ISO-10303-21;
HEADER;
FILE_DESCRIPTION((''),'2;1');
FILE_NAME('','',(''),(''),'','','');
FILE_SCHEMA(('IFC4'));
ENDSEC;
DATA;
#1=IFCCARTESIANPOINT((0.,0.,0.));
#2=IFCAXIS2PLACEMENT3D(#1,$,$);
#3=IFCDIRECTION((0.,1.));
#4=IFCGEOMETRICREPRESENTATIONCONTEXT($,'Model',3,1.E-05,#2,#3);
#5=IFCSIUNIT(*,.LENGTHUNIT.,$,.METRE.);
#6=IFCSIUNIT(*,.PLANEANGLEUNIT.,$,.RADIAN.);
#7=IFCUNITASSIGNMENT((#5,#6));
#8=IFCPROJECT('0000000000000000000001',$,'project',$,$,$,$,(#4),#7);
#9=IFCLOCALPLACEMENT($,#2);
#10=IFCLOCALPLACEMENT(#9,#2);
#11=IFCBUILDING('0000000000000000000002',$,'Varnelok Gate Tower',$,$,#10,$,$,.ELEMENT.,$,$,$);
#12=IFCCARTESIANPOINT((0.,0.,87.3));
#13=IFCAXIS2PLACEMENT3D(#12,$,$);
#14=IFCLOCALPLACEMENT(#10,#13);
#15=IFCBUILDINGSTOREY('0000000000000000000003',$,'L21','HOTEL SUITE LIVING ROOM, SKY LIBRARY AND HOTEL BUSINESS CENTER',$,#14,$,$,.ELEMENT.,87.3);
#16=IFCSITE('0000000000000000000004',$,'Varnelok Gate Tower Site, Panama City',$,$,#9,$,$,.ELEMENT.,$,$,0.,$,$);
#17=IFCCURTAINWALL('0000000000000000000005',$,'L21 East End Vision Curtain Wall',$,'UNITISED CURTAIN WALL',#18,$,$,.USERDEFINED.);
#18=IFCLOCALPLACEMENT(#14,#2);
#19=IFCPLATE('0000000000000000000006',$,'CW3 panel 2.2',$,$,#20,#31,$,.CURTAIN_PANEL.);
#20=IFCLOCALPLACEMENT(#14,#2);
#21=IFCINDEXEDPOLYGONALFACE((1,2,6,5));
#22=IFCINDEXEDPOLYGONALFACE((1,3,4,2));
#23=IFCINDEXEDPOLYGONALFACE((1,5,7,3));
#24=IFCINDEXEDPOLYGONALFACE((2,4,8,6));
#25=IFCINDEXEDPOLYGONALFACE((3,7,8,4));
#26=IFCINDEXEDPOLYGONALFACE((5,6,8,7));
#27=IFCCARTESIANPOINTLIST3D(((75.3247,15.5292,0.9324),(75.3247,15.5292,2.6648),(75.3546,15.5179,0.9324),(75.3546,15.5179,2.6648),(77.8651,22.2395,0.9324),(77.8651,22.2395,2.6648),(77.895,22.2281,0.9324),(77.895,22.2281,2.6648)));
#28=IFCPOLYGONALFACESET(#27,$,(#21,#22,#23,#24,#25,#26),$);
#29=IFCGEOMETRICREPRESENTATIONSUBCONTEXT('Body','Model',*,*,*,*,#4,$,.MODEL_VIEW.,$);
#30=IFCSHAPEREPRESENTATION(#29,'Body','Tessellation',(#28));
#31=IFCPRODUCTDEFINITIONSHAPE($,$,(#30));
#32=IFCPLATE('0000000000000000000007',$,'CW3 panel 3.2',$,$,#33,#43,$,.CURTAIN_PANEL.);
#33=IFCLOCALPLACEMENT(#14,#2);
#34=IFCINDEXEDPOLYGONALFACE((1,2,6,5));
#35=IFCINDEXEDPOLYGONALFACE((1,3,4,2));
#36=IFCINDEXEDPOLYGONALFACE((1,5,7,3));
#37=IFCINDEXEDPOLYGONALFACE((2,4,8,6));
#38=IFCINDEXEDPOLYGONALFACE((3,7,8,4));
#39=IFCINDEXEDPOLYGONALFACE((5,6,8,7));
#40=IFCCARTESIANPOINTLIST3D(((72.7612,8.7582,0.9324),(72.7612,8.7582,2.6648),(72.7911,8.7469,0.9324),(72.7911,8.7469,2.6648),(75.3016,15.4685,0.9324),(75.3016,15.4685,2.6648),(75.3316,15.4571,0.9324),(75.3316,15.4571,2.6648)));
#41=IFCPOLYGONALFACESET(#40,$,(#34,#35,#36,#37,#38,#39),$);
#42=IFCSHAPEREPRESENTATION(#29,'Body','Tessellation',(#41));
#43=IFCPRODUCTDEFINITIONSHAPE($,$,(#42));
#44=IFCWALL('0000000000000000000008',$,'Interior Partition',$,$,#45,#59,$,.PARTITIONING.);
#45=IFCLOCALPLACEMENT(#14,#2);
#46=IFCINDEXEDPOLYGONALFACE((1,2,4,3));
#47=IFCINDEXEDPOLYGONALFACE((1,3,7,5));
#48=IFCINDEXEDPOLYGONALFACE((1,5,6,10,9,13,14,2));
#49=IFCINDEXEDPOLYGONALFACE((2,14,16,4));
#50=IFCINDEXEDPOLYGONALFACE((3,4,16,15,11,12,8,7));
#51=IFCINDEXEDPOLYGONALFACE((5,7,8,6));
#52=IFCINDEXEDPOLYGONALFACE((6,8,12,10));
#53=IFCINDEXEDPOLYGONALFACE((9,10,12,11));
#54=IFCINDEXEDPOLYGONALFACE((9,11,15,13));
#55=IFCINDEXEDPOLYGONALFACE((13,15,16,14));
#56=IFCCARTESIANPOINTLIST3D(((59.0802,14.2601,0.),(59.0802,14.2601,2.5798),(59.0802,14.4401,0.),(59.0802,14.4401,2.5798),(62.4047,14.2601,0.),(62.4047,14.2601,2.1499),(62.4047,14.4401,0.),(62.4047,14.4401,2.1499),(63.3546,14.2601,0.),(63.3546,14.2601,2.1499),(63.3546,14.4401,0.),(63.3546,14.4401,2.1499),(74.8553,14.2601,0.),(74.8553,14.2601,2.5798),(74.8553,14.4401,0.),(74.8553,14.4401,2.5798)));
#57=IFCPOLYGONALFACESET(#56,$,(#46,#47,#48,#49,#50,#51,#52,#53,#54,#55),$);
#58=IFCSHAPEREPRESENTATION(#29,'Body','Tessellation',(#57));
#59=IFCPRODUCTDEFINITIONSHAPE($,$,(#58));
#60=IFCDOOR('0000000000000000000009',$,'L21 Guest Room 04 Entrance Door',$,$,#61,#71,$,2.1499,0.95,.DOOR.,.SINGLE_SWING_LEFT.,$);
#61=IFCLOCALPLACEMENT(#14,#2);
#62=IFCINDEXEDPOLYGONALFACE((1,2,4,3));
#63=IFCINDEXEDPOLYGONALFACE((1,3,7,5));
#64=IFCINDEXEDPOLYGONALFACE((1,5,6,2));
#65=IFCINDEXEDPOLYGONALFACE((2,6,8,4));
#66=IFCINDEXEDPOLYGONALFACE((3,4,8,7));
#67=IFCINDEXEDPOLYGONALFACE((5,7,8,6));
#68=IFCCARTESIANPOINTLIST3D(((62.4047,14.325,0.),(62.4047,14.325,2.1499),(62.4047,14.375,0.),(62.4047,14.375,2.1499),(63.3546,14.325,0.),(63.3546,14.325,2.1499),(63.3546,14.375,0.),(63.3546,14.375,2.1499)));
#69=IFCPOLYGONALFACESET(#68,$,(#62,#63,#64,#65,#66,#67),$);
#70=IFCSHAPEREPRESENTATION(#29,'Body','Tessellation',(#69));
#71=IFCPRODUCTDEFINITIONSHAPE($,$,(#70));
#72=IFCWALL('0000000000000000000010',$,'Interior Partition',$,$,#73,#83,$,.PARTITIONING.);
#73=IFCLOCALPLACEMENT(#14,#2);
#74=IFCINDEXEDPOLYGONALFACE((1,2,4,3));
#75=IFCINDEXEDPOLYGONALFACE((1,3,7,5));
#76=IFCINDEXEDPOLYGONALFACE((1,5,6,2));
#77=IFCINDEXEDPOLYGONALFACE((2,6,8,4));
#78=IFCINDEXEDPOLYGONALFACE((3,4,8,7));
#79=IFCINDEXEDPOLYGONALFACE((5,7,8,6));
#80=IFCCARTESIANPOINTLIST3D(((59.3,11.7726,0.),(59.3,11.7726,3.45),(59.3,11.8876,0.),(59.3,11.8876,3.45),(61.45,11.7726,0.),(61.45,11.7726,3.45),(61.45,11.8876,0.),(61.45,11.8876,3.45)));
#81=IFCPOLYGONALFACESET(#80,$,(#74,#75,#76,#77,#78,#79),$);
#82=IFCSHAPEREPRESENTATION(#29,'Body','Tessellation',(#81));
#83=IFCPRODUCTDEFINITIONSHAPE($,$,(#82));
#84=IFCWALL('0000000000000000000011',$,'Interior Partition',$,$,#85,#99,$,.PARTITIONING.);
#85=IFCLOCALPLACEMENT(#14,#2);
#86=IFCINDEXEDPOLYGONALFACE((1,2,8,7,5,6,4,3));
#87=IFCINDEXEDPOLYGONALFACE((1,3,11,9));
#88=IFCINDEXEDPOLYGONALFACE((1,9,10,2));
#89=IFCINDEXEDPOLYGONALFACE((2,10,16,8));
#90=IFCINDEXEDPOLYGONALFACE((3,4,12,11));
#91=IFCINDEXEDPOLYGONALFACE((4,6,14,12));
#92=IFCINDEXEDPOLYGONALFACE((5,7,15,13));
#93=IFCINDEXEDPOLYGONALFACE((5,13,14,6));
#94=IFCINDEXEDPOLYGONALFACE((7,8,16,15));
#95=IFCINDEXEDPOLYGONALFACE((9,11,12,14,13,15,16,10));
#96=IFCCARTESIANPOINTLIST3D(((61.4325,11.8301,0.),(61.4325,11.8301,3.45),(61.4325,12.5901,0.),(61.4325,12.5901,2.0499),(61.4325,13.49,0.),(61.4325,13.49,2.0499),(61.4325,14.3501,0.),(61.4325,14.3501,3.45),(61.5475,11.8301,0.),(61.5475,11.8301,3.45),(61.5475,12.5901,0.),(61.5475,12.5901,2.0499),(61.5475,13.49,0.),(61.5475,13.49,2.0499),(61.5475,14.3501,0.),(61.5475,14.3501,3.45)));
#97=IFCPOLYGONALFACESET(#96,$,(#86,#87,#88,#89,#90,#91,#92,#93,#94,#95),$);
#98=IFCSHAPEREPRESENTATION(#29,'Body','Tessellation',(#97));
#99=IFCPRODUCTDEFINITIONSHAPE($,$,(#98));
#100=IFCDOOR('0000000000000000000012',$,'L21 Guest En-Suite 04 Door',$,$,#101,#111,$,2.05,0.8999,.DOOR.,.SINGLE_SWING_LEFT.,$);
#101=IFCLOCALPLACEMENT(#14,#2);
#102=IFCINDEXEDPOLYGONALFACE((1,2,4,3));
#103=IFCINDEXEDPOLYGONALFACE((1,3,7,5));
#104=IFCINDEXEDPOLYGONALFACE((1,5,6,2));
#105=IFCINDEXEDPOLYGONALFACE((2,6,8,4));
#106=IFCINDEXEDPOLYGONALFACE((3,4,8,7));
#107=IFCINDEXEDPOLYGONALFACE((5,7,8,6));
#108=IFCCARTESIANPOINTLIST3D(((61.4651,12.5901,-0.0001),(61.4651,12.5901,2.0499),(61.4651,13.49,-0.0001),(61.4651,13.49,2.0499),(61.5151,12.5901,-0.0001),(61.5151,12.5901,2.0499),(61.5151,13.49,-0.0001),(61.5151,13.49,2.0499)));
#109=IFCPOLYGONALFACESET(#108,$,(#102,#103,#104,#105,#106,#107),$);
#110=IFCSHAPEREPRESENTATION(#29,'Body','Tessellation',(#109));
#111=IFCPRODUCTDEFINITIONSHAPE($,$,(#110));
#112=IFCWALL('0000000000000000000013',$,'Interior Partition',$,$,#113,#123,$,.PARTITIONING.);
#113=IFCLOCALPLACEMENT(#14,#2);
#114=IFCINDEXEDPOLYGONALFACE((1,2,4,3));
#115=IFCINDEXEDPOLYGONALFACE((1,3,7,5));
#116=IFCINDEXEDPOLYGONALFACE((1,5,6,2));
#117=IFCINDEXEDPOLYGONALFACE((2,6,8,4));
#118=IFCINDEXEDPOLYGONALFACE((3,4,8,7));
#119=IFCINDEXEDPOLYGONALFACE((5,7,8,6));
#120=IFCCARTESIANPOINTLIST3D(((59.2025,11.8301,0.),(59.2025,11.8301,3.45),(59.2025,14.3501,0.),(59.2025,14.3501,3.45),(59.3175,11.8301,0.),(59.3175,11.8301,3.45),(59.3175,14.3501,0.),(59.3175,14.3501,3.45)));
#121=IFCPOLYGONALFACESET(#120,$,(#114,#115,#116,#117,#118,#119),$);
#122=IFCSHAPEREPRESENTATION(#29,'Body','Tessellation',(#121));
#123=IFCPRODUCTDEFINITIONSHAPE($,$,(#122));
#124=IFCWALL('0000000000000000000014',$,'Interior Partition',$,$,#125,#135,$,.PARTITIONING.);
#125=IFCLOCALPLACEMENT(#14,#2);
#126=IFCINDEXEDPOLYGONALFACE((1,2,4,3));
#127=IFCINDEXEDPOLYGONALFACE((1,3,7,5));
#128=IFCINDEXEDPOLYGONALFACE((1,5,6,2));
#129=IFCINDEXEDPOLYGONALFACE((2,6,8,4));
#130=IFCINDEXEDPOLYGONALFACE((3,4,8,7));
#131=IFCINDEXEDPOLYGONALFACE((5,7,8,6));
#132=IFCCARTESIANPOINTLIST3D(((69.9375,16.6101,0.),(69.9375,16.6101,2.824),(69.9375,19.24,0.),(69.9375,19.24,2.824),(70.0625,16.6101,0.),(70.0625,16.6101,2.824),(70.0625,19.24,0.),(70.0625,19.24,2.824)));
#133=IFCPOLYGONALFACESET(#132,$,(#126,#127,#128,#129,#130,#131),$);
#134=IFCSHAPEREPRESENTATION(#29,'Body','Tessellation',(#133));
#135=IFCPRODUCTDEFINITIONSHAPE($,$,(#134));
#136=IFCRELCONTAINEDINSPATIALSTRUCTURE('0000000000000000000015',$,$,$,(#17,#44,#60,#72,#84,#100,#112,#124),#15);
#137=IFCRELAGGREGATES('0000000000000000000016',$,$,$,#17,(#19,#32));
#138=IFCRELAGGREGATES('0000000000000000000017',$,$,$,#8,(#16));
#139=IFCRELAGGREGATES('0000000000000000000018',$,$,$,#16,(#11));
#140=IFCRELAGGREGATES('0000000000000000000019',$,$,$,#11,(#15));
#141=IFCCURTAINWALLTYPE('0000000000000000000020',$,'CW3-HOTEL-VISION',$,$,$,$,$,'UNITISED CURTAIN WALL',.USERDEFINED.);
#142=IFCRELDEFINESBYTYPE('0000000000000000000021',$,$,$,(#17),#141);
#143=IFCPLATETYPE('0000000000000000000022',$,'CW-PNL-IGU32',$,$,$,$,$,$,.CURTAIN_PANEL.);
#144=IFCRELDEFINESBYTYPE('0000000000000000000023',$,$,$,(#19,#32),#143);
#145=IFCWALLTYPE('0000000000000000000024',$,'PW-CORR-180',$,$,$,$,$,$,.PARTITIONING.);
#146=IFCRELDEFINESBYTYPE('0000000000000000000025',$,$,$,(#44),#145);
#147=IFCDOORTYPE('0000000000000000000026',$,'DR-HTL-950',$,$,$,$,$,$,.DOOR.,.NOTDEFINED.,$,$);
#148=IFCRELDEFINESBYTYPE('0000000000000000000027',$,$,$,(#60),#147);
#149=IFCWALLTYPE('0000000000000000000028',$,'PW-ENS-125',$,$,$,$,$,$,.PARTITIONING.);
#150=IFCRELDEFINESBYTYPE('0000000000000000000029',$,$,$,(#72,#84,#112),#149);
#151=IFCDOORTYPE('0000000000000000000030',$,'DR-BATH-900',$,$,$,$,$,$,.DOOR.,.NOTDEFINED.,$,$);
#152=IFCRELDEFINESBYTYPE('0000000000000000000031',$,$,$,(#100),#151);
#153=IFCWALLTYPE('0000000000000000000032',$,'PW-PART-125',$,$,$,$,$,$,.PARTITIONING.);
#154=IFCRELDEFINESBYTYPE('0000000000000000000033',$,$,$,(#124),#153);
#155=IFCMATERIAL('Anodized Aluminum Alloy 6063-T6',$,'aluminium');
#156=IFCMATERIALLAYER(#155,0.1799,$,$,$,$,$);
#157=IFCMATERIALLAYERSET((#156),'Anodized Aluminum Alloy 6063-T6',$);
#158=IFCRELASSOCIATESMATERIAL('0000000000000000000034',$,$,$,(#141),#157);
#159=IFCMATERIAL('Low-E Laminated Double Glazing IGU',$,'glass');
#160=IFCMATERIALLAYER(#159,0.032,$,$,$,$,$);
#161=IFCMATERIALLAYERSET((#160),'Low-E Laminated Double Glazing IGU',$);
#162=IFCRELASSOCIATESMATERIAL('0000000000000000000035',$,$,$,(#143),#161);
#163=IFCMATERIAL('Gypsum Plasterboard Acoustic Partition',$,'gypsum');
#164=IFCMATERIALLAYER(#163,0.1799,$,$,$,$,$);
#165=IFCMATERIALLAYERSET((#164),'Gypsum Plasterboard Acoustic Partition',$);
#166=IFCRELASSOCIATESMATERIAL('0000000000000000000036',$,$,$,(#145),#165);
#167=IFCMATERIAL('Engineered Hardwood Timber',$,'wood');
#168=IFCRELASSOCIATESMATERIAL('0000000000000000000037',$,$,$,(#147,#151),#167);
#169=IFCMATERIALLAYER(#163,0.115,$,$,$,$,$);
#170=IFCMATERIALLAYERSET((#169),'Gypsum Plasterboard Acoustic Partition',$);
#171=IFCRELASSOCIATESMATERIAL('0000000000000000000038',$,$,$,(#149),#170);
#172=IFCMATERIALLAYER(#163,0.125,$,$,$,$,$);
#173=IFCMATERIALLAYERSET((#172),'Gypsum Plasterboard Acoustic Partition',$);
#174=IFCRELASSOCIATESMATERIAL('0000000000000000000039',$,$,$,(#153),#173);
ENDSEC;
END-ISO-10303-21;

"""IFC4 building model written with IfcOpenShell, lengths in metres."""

from ifc_helpers import new_model, si_unit, direction, frame, frame_2d, origin, origin_2d, place, context, subcontext, project, spatial, rectangle, extrude, source, transform, mapped, material, layer, layer_set, type_object, element, fill, aggregate, save


model = new_model("IFC4")

# Units and contexts
model_context = context("Model", 3, precision=1e-05, world=origin(), true_north=direction((0.0, 1.0)))
body_context = subcontext(model_context, "Body", "Model", "MODEL_VIEW")
ifc_project = project(units=[si_unit("LENGTHUNIT", "METRE"), si_unit("PLANEANGLEUNIT", "RADIAN")], contexts=[model_context])

# Site, building, storey
site_placement = place(None, origin())
site = spatial("IfcSite", under=ifc_project, at=site_placement, Name="Varnelok Gate Tower Site, Panama City", CompositionType="ELEMENT", RefElevation=0.0)
building_placement = place(site_placement, origin())
building = spatial("IfcBuilding", under=site, at=building_placement, Name="Varnelok Gate Tower", CompositionType="ELEMENT")
storey_placement = place(building_placement, frame((0.0, 0.0, 87.3)))
storey = spatial("IfcBuildingStorey", under=building, at=storey_placement, Name="L21", Description="HOTEL SUITE LIVING ROOM, SKY LIBRARY AND HOTEL BUSINESS CENTER", CompositionType="ELEMENT", Elevation=87.3)

# Curtain wall, plates
ifc_material_1 = material(Name="Anodized Aluminum Alloy 6063-T6", Category="aluminium")
ifc_layer_1 = layer(ifc_material_1, 0.1799)
ifc_layer_set_1 = layer_set([ifc_layer_1], Name="Anodized Aluminum Alloy 6063-T6")
curtain_wall_type = type_object("IfcCurtainWallType", Name="CW3-HOTEL-VISION", ElementType="UNITISED CURTAIN WALL", PredefinedType="USERDEFINED", material=ifc_layer_set_1)
curtain_wall_placement = place(storey_placement, origin())
curtain_wall = element("IfcCurtainWall", 1, at=curtain_wall_placement, inside=storey, type_object=curtain_wall_type, Name="L21 East End Vision Curtain Wall", ObjectType="UNITISED CURTAIN WALL", PredefinedType="USERDEFINED")
ifc_material_2 = material(Name="Low-E Laminated Double Glazing IGU", Category="glass")
ifc_layer_2 = layer(ifc_material_2, 0.032)
ifc_layer_set_2 = layer_set([ifc_layer_2], Name="Low-E Laminated Double Glazing IGU")
plate_type = type_object("IfcPlateType", Name="CW-PNL-IGU32", PredefinedType="CURTAIN_PANEL", material=ifc_layer_set_2)
shared_shape_1 = source(origin(), body_context, "Body", "SweptSolid", [
    extrude(rectangle(XDim=7.175, YDim=0.032, at=origin_2d()), origin(), (0.0, 0.0, 1.0), 1.7324),
])
plate_1_placement = place(storey_placement, frame((76.6099, 18.8787, 0.9324), z_axis=(0.0, 0.0, 1.0), x_axis=(-0.354064, -0.935221, 0.0)))
plate_1 = element("IfcPlate", 2, at=plate_1_placement, type_object=plate_type, Name="CW3 panel 2.2", PredefinedType="CURTAIN_PANEL", context=body_context, shape_type="MappedRepresentation", body=[
    mapped(shared_shape_1, transform((0.0, 0.0, 0.0), scale=1.0)),
])
plate_2_placement = place(storey_placement, frame((74.0464, 12.1077, 0.9324), z_axis=(0.0, 0.0, 1.0), x_axis=(-0.354064, -0.935221, 0.0)))
plate_2 = element("IfcPlate", 3, at=plate_2_placement, type_object=plate_type, Name="CW3 panel 3.2", PredefinedType="CURTAIN_PANEL", context=body_context, shape_type="MappedRepresentation", body=[
    mapped(shared_shape_1, transform((0.0, 0.0, 0.0), scale=1.0)),
])
aggregate(curtain_wall, [plate_1, plate_2])

# Wall, opening, door
ifc_material_3 = material(Name="Gypsum Plasterboard Acoustic Partition", Category="gypsum")
ifc_layer_3 = layer(ifc_material_3, 0.1799)
ifc_layer_set_3 = layer_set([ifc_layer_3], Name="Gypsum Plasterboard Acoustic Partition")
wall_type_1 = type_object("IfcWallType", Name="PW-CORR-180", PredefinedType="PARTITIONING", material=ifc_layer_set_3)
wall_1_placement = place(storey_placement, frame((59.0801, 14.3501, 0.0), z_axis=(0.0, 0.0, 1.0), x_axis=(1.0, 0.0, 0.0)))
wall_1 = element("IfcWall", 4, at=wall_1_placement, inside=storey, type_object=wall_type_1, Name="Interior Partition", PredefinedType="PARTITIONING", context=body_context, shape_type="SweptSolid", body=[
    extrude(rectangle(XDim=15.7751, YDim=0.1799, at=frame_2d((7.8877, 0.0))), origin(), (0.0, 0.0, 1.0), 2.5798),
])
opening_1_placement = place(wall_1_placement, frame((3.3245, 0.0, 0.0)))
opening_1 = element("IfcOpeningElement", 5, at=opening_1_placement, cuts=wall_1, PredefinedType="OPENING", context=body_context, shape_type="SweptSolid", body=[
    extrude(rectangle(XDim=0.95, YDim=2.1499, at=frame_2d((0.4751, 1.075))), frame((0.0, 0.0999, 0.0), z_axis=(0.0, -1.0, 0.0), x_axis=(1.0, 0.0, 0.0)), (0.0, 0.0, 1.0), 0.2),
])
ifc_material_4 = material(Name="Engineered Hardwood Timber", Category="wood")
door_type_1 = type_object("IfcDoorType", Name="DR-HTL-950", OperationType="NOTDEFINED", PredefinedType="DOOR", material=ifc_material_4)
door_1_placement = place(opening_1_placement, origin())
door_1 = element("IfcDoor", 6, at=door_1_placement, inside=storey, type_object=door_type_1, Name="L21 Guest Room 04 Entrance Door", OperationType="SINGLE_SWING_LEFT", OverallHeight=2.1499, OverallWidth=0.95, PredefinedType="DOOR", context=body_context, shape_type="SweptSolid", body=[
    extrude(rectangle(XDim=0.95, YDim=2.1499, at=frame_2d((0.4751, 1.075))), frame((0.0, 0.0249, 0.0), z_axis=(0.0, -1.0, 0.0), x_axis=(1.0, 0.0, 0.0)), (0.0, 0.0, 1.0), 0.05),
])
fill(opening_1, door_1)

# Wall
ifc_layer_4 = layer(ifc_material_3, 0.115)
ifc_layer_set_4 = layer_set([ifc_layer_4], Name="Gypsum Plasterboard Acoustic Partition")
wall_type_2 = type_object("IfcWallType", Name="PW-ENS-125", PredefinedType="PARTITIONING", material=ifc_layer_set_4)
wall_2_placement = place(storey_placement, frame((59.3, 11.8301, 0.0), z_axis=(0.0, 0.0, 1.0), x_axis=(1.0, 0.0, 0.0)))
element("IfcWall", 7, at=wall_2_placement, inside=storey, type_object=wall_type_2, Name="Interior Partition", PredefinedType="PARTITIONING", context=body_context, shape_type="SweptSolid", body=[
    extrude(rectangle(XDim=2.1499, YDim=0.115, at=frame_2d((1.075, 0.0))), origin(), (0.0, 0.0, 1.0), 3.45),
])

# Wall, opening, door
wall_3_placement = place(storey_placement, frame((61.49, 11.8301, 0.0), z_axis=(0.0, 0.0, 1.0), x_axis=(0.0, 1.0, 0.0)))
wall_3 = element("IfcWall", 8, at=wall_3_placement, inside=storey, type_object=wall_type_2, Name="Interior Partition", PredefinedType="PARTITIONING", context=body_context, shape_type="SweptSolid", body=[
    extrude(rectangle(XDim=2.52, YDim=0.115, at=frame_2d((1.26, 0.0))), origin(), (0.0, 0.0, 1.0), 3.45),
])
opening_2_placement = place(wall_3_placement, frame((0.76, 0.0, 0.0)))
opening_2 = element("IfcOpeningElement", 9, at=opening_2_placement, cuts=wall_3, PredefinedType="OPENING", context=body_context, shape_type="SweptSolid", body=[
    extrude(rectangle(XDim=0.8999, YDim=2.05, at=frame_2d((0.45, 1.0249))), frame((0.0, 0.0674, 0.0), z_axis=(0.0, -1.0, 0.0), x_axis=(1.0, 0.0, 0.0)), (0.0, 0.0, 1.0), 0.135),
])
door_type_2 = type_object("IfcDoorType", Name="DR-BATH-900", OperationType="NOTDEFINED", PredefinedType="DOOR", material=ifc_material_4)
door_2_placement = place(opening_2_placement, origin())
door_2 = element("IfcDoor", 10, at=door_2_placement, inside=storey, type_object=door_type_2, Name="L21 Guest En-Suite 04 Door", OperationType="SINGLE_SWING_LEFT", OverallHeight=2.05, OverallWidth=0.8999, PredefinedType="DOOR", context=body_context, shape_type="SweptSolid", body=[
    extrude(rectangle(XDim=0.8999, YDim=2.05, at=frame_2d((0.45, 1.0249))), frame((0.0, 0.0249, 0.0), z_axis=(0.0, -1.0, 0.0), x_axis=(1.0, 0.0, 0.0)), (0.0, 0.0, 1.0), 0.05),
])
fill(opening_2, door_2)

# Walls
wall_4_placement = place(storey_placement, frame((59.26, 11.8301, 0.0), z_axis=(0.0, 0.0, 1.0), x_axis=(0.0, 1.0, 0.0)))
element("IfcWall", 11, at=wall_4_placement, inside=storey, type_object=wall_type_2, Name="Interior Partition", PredefinedType="PARTITIONING", context=body_context, shape_type="SweptSolid", body=[
    extrude(rectangle(XDim=2.52, YDim=0.115, at=frame_2d((1.26, 0.0))), origin(), (0.0, 0.0, 1.0), 3.45),
])
ifc_layer_5 = layer(ifc_material_3, 0.125)
ifc_layer_set_5 = layer_set([ifc_layer_5], Name="Gypsum Plasterboard Acoustic Partition")
wall_type_3 = type_object("IfcWallType", Name="PW-PART-125", PredefinedType="PARTITIONING", material=ifc_layer_set_5)
wall_5_placement = place(storey_placement, frame((70.0, 16.6101, 0.0), z_axis=(0.0, 0.0, 1.0), x_axis=(0.0, 1.0, 0.0)))
element("IfcWall", 12, at=wall_5_placement, inside=storey, type_object=wall_type_3, Name="Interior Partition", PredefinedType="PARTITIONING", context=body_context, shape_type="SweptSolid", body=[
    extrude(rectangle(XDim=2.6299, YDim=0.125, at=frame_2d((1.3149, 0.0))), origin(), (0.0, 0.0, 1.0), 2.824),
])

save(model, "model.ifc")
